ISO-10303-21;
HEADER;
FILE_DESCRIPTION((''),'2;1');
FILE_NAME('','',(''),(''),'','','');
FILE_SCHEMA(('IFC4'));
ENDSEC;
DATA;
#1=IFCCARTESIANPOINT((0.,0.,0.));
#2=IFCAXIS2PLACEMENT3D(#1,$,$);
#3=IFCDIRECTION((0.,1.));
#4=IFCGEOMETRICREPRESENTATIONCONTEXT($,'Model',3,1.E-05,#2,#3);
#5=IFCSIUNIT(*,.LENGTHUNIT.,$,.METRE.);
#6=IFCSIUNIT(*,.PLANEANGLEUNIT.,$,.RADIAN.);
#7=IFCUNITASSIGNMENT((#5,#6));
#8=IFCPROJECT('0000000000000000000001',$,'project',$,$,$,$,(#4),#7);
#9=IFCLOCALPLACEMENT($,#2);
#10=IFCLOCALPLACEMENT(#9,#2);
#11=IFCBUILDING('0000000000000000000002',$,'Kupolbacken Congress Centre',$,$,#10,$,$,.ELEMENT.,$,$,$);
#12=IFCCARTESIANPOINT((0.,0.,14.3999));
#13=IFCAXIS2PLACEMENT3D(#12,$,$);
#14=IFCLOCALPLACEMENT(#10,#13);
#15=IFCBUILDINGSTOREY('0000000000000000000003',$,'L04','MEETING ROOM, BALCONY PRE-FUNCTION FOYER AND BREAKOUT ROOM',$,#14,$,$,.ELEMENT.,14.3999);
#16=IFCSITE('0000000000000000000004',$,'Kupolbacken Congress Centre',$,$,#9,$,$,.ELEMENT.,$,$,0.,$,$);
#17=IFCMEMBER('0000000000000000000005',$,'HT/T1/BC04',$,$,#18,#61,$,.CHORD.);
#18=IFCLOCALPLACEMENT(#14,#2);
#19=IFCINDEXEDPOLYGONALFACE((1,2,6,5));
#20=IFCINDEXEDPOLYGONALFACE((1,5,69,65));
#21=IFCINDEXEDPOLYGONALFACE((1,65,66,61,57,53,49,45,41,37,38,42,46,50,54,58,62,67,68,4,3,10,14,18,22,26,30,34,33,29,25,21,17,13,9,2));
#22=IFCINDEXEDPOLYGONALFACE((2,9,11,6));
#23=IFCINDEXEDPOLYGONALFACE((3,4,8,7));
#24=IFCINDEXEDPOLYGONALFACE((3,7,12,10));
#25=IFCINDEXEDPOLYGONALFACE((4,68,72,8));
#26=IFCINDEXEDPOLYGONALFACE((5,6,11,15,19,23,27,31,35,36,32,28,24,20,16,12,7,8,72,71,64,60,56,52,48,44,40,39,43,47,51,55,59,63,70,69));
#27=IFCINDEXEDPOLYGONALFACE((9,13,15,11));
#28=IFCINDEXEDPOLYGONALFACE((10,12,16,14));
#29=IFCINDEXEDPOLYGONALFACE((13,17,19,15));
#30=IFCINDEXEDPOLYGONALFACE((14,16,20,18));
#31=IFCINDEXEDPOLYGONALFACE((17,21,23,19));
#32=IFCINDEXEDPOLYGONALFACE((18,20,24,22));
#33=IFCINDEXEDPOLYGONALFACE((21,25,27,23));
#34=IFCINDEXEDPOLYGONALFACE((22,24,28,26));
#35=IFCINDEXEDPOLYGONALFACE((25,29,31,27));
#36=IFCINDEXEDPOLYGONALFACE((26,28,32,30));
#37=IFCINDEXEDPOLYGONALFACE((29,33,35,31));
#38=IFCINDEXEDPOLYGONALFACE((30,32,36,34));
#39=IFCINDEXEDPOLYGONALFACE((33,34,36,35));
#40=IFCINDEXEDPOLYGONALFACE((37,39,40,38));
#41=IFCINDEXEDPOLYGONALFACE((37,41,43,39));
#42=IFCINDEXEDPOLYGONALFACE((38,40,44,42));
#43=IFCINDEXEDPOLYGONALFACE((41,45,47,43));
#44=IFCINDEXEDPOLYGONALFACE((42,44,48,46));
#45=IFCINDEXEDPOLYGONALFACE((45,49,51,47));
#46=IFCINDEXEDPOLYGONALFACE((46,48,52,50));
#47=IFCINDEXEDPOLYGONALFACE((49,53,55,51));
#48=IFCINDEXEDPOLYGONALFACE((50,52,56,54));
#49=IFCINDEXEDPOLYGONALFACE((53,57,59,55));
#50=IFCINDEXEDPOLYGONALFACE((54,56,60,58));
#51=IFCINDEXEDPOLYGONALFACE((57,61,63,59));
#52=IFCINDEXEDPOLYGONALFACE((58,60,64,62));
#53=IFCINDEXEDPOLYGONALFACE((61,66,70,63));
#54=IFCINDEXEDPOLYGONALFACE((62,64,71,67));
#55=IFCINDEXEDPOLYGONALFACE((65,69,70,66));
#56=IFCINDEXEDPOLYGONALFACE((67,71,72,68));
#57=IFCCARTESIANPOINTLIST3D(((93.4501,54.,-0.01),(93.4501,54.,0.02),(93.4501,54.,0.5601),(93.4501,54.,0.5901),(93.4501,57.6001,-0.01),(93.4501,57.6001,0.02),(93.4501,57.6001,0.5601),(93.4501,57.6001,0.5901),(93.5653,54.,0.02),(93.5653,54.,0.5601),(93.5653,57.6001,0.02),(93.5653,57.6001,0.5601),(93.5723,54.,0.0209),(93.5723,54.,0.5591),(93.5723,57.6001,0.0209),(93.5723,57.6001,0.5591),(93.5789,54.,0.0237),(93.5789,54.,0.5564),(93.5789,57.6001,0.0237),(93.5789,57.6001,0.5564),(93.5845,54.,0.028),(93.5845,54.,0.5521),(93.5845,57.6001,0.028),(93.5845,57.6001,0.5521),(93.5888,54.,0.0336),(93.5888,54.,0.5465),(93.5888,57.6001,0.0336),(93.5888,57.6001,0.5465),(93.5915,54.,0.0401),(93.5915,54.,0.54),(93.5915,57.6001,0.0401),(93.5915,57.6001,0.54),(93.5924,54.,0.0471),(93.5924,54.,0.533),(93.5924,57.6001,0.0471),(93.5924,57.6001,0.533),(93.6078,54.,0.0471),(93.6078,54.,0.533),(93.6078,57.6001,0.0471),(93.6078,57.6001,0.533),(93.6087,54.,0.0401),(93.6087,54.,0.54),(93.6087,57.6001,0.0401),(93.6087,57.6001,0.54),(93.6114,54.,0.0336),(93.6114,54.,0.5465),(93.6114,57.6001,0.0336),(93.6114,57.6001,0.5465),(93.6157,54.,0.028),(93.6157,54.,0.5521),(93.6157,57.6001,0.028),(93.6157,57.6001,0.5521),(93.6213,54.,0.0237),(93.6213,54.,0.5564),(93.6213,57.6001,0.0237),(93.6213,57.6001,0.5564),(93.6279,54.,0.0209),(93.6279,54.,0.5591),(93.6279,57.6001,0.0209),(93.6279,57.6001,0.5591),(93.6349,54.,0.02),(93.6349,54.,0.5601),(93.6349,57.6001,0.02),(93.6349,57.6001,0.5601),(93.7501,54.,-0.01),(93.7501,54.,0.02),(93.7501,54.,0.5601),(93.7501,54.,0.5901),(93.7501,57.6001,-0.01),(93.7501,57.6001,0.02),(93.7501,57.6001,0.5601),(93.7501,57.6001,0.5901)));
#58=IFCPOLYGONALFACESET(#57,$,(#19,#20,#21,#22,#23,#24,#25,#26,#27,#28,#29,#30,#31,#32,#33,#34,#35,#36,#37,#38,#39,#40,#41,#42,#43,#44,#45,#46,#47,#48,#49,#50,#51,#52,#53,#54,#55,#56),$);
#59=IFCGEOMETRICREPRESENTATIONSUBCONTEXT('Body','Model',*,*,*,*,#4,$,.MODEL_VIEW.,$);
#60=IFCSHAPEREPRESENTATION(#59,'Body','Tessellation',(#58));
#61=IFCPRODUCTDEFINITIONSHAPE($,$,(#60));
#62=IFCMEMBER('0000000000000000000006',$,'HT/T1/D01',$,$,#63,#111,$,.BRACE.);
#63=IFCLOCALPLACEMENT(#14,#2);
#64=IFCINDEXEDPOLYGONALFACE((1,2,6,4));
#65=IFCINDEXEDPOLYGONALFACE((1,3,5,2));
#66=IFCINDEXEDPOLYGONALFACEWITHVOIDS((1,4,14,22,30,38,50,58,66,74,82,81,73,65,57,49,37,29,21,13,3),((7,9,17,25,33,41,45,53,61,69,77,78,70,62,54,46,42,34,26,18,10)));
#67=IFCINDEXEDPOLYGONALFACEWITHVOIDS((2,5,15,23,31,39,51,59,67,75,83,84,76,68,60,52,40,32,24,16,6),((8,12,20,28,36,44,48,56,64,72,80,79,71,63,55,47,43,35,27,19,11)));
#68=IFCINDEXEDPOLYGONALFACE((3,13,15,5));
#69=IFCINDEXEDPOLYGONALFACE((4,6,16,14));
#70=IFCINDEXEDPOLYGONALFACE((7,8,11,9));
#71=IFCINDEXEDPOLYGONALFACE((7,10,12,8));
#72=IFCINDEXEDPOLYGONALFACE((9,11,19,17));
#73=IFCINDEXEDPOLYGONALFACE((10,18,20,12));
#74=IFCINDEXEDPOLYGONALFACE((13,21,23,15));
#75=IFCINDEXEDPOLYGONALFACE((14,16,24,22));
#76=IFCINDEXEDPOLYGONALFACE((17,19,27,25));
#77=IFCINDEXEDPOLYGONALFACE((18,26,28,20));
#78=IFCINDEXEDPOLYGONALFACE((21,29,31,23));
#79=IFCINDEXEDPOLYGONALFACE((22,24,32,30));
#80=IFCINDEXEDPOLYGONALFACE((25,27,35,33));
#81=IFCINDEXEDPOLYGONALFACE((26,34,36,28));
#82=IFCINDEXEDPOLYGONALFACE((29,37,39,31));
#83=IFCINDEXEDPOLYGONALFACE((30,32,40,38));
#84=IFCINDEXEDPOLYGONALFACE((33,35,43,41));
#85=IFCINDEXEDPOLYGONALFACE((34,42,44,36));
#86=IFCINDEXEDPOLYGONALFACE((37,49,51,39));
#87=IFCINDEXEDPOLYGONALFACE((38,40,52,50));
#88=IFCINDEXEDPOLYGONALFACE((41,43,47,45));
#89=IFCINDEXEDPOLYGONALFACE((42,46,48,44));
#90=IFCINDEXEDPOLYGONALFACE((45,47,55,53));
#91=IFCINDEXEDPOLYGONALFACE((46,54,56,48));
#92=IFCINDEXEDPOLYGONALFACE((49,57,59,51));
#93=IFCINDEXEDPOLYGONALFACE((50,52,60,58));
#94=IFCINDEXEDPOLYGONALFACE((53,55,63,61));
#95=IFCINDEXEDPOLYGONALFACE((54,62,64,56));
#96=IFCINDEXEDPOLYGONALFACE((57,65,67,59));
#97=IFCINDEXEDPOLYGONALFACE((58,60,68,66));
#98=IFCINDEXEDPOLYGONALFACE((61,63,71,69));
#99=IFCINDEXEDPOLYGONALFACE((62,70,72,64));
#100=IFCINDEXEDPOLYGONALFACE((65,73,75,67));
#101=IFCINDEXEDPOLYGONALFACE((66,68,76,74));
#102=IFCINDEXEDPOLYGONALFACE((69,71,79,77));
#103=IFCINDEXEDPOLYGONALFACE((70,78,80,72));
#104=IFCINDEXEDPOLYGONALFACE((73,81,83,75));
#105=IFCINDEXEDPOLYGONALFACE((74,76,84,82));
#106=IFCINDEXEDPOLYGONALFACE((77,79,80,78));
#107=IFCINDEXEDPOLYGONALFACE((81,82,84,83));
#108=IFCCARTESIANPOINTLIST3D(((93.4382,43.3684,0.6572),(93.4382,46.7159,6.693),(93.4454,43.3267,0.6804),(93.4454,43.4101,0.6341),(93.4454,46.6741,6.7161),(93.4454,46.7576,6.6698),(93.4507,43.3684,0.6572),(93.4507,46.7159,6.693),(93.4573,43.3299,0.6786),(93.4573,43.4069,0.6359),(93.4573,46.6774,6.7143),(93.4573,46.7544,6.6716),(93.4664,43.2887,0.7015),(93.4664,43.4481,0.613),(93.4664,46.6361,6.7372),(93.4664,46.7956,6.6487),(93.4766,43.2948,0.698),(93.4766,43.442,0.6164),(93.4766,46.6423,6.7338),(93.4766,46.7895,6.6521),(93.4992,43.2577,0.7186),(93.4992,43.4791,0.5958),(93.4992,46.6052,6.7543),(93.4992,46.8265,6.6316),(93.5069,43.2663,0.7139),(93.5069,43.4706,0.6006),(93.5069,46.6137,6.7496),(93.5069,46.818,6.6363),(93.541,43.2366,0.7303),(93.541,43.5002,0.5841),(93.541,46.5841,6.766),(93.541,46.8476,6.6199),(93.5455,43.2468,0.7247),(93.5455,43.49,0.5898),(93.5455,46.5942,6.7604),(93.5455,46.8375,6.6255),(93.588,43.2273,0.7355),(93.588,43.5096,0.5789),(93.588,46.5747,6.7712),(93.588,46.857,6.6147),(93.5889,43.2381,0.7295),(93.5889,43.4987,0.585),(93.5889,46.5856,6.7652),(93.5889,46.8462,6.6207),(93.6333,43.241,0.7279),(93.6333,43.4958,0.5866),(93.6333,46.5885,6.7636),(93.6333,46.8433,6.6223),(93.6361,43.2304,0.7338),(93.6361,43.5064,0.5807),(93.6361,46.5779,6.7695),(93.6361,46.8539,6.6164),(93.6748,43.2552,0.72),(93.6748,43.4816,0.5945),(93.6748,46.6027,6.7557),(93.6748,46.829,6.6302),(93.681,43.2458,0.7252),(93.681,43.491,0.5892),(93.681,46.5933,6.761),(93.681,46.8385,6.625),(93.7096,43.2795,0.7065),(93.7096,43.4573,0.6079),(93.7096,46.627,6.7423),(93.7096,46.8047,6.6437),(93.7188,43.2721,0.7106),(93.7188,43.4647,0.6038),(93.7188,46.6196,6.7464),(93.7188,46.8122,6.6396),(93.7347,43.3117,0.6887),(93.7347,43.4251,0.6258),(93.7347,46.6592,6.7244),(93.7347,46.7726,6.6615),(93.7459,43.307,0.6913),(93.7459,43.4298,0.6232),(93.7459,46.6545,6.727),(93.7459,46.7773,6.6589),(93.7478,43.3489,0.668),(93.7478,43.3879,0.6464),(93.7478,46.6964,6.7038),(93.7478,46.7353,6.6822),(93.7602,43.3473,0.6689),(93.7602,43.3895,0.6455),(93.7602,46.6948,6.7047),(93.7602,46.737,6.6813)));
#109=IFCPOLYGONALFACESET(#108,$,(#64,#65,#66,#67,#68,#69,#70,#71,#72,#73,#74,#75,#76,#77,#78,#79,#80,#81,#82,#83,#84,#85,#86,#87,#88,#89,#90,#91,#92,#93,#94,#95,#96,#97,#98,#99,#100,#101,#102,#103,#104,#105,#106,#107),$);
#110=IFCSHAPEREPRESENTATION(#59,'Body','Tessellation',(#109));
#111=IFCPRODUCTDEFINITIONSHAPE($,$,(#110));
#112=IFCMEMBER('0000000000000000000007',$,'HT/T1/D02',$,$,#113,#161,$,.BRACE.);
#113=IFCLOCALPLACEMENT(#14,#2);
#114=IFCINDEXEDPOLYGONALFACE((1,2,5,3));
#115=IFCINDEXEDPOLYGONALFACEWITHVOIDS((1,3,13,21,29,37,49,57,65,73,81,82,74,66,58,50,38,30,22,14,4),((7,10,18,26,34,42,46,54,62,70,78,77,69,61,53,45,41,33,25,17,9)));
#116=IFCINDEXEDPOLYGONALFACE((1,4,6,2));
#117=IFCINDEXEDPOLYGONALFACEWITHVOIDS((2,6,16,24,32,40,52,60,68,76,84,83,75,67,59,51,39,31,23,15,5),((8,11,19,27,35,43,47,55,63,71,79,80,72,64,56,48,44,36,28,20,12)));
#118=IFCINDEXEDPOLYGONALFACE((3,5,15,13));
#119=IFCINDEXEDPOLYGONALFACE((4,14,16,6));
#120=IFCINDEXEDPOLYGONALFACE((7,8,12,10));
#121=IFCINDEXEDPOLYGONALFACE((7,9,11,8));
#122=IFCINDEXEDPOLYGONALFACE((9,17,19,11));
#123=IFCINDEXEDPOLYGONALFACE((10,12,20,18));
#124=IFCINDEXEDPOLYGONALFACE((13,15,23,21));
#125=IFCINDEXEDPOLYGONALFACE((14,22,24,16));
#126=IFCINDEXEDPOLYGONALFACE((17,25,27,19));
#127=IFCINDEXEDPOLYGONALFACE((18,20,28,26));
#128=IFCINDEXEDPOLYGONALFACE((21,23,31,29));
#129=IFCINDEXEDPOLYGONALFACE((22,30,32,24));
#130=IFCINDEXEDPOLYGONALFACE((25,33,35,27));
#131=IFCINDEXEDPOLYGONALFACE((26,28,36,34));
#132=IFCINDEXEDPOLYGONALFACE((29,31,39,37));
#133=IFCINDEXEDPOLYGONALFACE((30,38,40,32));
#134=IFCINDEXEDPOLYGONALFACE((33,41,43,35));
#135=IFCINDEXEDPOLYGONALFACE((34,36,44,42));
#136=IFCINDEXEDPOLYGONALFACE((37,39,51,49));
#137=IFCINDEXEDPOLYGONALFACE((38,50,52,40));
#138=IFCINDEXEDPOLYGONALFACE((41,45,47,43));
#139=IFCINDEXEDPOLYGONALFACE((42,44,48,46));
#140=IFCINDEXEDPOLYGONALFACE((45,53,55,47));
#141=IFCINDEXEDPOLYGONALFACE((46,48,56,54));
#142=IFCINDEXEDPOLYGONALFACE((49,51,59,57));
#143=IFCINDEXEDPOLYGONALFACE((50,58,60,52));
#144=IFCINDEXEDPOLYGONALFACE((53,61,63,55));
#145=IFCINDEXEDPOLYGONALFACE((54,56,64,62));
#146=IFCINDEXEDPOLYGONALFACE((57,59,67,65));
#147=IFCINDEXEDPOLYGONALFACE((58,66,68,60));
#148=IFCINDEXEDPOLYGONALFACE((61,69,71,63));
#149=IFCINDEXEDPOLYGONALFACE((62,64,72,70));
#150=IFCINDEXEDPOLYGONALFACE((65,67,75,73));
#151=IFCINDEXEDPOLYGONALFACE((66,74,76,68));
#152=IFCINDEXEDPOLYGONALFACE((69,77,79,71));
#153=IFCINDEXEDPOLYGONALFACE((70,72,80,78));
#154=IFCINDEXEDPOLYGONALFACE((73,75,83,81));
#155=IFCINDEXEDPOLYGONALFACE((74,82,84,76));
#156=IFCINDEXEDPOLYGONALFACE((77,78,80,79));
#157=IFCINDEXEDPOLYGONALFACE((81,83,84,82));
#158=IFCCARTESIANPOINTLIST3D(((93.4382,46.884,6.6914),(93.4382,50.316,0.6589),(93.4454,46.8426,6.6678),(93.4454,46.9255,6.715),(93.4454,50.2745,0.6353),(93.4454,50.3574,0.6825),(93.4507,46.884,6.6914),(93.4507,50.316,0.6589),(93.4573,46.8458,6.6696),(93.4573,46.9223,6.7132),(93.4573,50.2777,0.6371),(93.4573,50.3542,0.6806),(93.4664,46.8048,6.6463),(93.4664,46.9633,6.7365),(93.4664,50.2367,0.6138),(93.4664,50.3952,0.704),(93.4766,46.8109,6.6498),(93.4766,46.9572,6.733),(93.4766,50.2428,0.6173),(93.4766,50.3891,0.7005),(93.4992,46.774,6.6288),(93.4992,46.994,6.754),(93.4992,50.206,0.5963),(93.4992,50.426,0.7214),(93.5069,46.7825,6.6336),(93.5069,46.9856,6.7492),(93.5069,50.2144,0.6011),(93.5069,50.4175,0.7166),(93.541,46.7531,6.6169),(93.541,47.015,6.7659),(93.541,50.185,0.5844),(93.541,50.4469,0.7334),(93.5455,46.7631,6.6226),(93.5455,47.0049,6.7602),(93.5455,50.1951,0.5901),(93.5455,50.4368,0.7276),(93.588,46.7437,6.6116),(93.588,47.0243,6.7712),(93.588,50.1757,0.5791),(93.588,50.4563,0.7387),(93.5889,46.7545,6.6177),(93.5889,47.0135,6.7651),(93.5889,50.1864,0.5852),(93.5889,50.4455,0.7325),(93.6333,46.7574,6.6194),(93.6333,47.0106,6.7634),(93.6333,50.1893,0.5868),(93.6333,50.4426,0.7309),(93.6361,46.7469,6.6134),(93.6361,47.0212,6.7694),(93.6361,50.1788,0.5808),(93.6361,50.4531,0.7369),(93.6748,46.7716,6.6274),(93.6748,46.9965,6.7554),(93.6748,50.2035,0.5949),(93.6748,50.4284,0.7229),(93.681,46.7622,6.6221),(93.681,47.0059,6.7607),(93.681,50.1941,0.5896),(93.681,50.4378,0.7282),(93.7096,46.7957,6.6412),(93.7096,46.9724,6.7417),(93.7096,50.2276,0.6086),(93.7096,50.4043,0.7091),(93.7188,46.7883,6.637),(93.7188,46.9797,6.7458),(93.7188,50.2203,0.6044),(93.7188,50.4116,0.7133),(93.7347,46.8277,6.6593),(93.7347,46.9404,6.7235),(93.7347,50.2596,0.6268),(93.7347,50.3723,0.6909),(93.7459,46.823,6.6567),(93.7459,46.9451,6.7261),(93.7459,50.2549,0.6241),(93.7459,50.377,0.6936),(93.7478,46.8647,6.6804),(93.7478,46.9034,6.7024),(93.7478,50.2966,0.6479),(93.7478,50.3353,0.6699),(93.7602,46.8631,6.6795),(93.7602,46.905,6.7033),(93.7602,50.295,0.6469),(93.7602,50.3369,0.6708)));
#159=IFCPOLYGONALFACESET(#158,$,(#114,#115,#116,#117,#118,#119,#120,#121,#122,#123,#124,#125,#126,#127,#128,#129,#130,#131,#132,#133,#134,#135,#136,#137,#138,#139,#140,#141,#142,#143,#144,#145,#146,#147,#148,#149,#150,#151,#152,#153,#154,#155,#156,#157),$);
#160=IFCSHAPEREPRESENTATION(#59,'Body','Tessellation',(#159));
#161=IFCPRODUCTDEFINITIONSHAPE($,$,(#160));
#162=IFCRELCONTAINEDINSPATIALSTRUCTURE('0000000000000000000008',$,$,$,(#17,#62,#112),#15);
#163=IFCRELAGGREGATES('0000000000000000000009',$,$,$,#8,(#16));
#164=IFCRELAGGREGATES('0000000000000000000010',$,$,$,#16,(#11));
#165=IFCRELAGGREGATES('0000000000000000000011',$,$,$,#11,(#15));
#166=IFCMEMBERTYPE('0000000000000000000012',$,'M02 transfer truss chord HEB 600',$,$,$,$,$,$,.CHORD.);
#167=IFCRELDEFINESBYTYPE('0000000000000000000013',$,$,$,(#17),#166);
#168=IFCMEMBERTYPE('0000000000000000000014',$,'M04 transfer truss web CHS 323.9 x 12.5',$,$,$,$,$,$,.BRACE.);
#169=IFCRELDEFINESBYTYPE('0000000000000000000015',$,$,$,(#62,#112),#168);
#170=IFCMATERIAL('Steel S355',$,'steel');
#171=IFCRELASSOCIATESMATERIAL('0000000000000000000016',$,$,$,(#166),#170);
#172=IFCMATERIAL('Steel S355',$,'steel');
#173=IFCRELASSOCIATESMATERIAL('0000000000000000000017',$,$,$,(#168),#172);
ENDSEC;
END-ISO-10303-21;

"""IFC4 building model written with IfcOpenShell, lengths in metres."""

from ifc_helpers import new_model, si_unit, direction, frame, origin, origin_2d, place, context, subcontext, project, spatial, hollow_circle, i_section, extrude, material, material_profile, profile_set, type_object, element, save


model = new_model("IFC4")

# Units and contexts
model_context = context("Model", 3, precision=1e-05, world=origin(), true_north=direction((0.0, 1.0)))
body_context = subcontext(model_context, "Body", "Model", "MODEL_VIEW")
ifc_project = project(units=[si_unit("LENGTHUNIT", "METRE"), si_unit("PLANEANGLEUNIT", "RADIAN")], contexts=[model_context])

# Site, building, storey
site_placement = place(None, origin())
site = spatial("IfcSite", under=ifc_project, at=site_placement, Name="Kupolbacken Congress Centre", CompositionType="ELEMENT", RefElevation=0.0)
building_placement = place(site_placement, origin())
building = spatial("IfcBuilding", under=site, at=building_placement, Name="Kupolbacken Congress Centre", CompositionType="ELEMENT")
storey_placement = place(building_placement, frame((0.0, 0.0, 14.3999)))
storey = spatial("IfcBuildingStorey", under=building, at=storey_placement, Name="L04", Description="MEETING ROOM, BALCONY PRE-FUNCTION FOYER AND BREAKOUT ROOM", CompositionType="ELEMENT", Elevation=14.3999)

# Members
ifc_material_1 = material(Name="Steel S355", Category="steel")
ifc_material_profile_1 = material_profile(ifc_material_1, i_section(OverallWidth=0.3, OverallDepth=0.6001, WebThickness=0.0154, FlangeThickness=0.03, FilletRadius=0.0271, at=origin_2d()), Name="HEB 600")
ifc_profile_set_1 = profile_set([ifc_material_profile_1], Name="Steel S355")
member_type_1 = type_object("IfcMemberType", Name="M02 transfer truss chord HEB 600", PredefinedType="CHORD", material=ifc_profile_set_1)
for number, where, z_axis, x_axis, name in (
    (1, (93.6001, 54.0, 0.29), (0.0, 1.0, 0.0), (-1.0, 0.0, 0.0), "HT/T1/BC04"),
):
    element("IfcMember", number, at=place(storey_placement, frame(where, z_axis=z_axis, x_axis=x_axis)), inside=storey, type_object=member_type_1, Name=name, PredefinedType="CHORD", context=body_context, shape_type="SweptSolid", body=[
        extrude(i_section(OverallWidth=0.3, OverallDepth=0.6001, WebThickness=0.0154, FlangeThickness=0.03, FilletRadius=0.0271, at=origin_2d()), origin(), (0.0, 0.0, 1.0), 3.6001),
    ])
ifc_material_2 = material(Name="Steel S355", Category="steel")
ifc_material_profile_2 = material_profile(ifc_material_2, hollow_circle(Radius=0.1619, WallThickness=0.0125, at=origin_2d()), Name="CHS 323.9 x 12.5")
ifc_profile_set_2 = profile_set([ifc_material_profile_2], Name="Steel S355")
member_type_2 = type_object("IfcMemberType", Name="M04 transfer truss web CHS 323.9 x 12.5", PredefinedType="BRACE", material=ifc_profile_set_2)
member_1_placement = place(storey_placement, frame((93.6001, 43.3684, 0.6572), z_axis=(0.0, 0.485009, 0.874509), x_axis=(-1.0, 0.0, 0.0)))
element("IfcMember", 2, at=member_1_placement, inside=storey, type_object=member_type_2, Name="HT/T1/D01", PredefinedType="BRACE", context=body_context, shape_type="SweptSolid", body=[
    extrude(hollow_circle(Radius=0.1619, WallThickness=0.0125, at=origin_2d()), origin(), (0.0, 0.0, 1.0), 6.9019),
])
member_2_placement = place(storey_placement, frame((93.6001, 46.884, 6.6914), z_axis=(0.0, 0.494483, -0.869188), x_axis=(-1.0, 0.0, 0.0)))
element("IfcMember", 3, at=member_2_placement, inside=storey, type_object=member_type_2, Name="HT/T1/D02", PredefinedType="BRACE", context=body_context, shape_type="SweptSolid", body=[
    extrude(hollow_circle(Radius=0.1619, WallThickness=0.0125, at=origin_2d()), origin(), (0.0, 0.0, 1.0), 6.9404),
])

save(model, "model.ifc")
